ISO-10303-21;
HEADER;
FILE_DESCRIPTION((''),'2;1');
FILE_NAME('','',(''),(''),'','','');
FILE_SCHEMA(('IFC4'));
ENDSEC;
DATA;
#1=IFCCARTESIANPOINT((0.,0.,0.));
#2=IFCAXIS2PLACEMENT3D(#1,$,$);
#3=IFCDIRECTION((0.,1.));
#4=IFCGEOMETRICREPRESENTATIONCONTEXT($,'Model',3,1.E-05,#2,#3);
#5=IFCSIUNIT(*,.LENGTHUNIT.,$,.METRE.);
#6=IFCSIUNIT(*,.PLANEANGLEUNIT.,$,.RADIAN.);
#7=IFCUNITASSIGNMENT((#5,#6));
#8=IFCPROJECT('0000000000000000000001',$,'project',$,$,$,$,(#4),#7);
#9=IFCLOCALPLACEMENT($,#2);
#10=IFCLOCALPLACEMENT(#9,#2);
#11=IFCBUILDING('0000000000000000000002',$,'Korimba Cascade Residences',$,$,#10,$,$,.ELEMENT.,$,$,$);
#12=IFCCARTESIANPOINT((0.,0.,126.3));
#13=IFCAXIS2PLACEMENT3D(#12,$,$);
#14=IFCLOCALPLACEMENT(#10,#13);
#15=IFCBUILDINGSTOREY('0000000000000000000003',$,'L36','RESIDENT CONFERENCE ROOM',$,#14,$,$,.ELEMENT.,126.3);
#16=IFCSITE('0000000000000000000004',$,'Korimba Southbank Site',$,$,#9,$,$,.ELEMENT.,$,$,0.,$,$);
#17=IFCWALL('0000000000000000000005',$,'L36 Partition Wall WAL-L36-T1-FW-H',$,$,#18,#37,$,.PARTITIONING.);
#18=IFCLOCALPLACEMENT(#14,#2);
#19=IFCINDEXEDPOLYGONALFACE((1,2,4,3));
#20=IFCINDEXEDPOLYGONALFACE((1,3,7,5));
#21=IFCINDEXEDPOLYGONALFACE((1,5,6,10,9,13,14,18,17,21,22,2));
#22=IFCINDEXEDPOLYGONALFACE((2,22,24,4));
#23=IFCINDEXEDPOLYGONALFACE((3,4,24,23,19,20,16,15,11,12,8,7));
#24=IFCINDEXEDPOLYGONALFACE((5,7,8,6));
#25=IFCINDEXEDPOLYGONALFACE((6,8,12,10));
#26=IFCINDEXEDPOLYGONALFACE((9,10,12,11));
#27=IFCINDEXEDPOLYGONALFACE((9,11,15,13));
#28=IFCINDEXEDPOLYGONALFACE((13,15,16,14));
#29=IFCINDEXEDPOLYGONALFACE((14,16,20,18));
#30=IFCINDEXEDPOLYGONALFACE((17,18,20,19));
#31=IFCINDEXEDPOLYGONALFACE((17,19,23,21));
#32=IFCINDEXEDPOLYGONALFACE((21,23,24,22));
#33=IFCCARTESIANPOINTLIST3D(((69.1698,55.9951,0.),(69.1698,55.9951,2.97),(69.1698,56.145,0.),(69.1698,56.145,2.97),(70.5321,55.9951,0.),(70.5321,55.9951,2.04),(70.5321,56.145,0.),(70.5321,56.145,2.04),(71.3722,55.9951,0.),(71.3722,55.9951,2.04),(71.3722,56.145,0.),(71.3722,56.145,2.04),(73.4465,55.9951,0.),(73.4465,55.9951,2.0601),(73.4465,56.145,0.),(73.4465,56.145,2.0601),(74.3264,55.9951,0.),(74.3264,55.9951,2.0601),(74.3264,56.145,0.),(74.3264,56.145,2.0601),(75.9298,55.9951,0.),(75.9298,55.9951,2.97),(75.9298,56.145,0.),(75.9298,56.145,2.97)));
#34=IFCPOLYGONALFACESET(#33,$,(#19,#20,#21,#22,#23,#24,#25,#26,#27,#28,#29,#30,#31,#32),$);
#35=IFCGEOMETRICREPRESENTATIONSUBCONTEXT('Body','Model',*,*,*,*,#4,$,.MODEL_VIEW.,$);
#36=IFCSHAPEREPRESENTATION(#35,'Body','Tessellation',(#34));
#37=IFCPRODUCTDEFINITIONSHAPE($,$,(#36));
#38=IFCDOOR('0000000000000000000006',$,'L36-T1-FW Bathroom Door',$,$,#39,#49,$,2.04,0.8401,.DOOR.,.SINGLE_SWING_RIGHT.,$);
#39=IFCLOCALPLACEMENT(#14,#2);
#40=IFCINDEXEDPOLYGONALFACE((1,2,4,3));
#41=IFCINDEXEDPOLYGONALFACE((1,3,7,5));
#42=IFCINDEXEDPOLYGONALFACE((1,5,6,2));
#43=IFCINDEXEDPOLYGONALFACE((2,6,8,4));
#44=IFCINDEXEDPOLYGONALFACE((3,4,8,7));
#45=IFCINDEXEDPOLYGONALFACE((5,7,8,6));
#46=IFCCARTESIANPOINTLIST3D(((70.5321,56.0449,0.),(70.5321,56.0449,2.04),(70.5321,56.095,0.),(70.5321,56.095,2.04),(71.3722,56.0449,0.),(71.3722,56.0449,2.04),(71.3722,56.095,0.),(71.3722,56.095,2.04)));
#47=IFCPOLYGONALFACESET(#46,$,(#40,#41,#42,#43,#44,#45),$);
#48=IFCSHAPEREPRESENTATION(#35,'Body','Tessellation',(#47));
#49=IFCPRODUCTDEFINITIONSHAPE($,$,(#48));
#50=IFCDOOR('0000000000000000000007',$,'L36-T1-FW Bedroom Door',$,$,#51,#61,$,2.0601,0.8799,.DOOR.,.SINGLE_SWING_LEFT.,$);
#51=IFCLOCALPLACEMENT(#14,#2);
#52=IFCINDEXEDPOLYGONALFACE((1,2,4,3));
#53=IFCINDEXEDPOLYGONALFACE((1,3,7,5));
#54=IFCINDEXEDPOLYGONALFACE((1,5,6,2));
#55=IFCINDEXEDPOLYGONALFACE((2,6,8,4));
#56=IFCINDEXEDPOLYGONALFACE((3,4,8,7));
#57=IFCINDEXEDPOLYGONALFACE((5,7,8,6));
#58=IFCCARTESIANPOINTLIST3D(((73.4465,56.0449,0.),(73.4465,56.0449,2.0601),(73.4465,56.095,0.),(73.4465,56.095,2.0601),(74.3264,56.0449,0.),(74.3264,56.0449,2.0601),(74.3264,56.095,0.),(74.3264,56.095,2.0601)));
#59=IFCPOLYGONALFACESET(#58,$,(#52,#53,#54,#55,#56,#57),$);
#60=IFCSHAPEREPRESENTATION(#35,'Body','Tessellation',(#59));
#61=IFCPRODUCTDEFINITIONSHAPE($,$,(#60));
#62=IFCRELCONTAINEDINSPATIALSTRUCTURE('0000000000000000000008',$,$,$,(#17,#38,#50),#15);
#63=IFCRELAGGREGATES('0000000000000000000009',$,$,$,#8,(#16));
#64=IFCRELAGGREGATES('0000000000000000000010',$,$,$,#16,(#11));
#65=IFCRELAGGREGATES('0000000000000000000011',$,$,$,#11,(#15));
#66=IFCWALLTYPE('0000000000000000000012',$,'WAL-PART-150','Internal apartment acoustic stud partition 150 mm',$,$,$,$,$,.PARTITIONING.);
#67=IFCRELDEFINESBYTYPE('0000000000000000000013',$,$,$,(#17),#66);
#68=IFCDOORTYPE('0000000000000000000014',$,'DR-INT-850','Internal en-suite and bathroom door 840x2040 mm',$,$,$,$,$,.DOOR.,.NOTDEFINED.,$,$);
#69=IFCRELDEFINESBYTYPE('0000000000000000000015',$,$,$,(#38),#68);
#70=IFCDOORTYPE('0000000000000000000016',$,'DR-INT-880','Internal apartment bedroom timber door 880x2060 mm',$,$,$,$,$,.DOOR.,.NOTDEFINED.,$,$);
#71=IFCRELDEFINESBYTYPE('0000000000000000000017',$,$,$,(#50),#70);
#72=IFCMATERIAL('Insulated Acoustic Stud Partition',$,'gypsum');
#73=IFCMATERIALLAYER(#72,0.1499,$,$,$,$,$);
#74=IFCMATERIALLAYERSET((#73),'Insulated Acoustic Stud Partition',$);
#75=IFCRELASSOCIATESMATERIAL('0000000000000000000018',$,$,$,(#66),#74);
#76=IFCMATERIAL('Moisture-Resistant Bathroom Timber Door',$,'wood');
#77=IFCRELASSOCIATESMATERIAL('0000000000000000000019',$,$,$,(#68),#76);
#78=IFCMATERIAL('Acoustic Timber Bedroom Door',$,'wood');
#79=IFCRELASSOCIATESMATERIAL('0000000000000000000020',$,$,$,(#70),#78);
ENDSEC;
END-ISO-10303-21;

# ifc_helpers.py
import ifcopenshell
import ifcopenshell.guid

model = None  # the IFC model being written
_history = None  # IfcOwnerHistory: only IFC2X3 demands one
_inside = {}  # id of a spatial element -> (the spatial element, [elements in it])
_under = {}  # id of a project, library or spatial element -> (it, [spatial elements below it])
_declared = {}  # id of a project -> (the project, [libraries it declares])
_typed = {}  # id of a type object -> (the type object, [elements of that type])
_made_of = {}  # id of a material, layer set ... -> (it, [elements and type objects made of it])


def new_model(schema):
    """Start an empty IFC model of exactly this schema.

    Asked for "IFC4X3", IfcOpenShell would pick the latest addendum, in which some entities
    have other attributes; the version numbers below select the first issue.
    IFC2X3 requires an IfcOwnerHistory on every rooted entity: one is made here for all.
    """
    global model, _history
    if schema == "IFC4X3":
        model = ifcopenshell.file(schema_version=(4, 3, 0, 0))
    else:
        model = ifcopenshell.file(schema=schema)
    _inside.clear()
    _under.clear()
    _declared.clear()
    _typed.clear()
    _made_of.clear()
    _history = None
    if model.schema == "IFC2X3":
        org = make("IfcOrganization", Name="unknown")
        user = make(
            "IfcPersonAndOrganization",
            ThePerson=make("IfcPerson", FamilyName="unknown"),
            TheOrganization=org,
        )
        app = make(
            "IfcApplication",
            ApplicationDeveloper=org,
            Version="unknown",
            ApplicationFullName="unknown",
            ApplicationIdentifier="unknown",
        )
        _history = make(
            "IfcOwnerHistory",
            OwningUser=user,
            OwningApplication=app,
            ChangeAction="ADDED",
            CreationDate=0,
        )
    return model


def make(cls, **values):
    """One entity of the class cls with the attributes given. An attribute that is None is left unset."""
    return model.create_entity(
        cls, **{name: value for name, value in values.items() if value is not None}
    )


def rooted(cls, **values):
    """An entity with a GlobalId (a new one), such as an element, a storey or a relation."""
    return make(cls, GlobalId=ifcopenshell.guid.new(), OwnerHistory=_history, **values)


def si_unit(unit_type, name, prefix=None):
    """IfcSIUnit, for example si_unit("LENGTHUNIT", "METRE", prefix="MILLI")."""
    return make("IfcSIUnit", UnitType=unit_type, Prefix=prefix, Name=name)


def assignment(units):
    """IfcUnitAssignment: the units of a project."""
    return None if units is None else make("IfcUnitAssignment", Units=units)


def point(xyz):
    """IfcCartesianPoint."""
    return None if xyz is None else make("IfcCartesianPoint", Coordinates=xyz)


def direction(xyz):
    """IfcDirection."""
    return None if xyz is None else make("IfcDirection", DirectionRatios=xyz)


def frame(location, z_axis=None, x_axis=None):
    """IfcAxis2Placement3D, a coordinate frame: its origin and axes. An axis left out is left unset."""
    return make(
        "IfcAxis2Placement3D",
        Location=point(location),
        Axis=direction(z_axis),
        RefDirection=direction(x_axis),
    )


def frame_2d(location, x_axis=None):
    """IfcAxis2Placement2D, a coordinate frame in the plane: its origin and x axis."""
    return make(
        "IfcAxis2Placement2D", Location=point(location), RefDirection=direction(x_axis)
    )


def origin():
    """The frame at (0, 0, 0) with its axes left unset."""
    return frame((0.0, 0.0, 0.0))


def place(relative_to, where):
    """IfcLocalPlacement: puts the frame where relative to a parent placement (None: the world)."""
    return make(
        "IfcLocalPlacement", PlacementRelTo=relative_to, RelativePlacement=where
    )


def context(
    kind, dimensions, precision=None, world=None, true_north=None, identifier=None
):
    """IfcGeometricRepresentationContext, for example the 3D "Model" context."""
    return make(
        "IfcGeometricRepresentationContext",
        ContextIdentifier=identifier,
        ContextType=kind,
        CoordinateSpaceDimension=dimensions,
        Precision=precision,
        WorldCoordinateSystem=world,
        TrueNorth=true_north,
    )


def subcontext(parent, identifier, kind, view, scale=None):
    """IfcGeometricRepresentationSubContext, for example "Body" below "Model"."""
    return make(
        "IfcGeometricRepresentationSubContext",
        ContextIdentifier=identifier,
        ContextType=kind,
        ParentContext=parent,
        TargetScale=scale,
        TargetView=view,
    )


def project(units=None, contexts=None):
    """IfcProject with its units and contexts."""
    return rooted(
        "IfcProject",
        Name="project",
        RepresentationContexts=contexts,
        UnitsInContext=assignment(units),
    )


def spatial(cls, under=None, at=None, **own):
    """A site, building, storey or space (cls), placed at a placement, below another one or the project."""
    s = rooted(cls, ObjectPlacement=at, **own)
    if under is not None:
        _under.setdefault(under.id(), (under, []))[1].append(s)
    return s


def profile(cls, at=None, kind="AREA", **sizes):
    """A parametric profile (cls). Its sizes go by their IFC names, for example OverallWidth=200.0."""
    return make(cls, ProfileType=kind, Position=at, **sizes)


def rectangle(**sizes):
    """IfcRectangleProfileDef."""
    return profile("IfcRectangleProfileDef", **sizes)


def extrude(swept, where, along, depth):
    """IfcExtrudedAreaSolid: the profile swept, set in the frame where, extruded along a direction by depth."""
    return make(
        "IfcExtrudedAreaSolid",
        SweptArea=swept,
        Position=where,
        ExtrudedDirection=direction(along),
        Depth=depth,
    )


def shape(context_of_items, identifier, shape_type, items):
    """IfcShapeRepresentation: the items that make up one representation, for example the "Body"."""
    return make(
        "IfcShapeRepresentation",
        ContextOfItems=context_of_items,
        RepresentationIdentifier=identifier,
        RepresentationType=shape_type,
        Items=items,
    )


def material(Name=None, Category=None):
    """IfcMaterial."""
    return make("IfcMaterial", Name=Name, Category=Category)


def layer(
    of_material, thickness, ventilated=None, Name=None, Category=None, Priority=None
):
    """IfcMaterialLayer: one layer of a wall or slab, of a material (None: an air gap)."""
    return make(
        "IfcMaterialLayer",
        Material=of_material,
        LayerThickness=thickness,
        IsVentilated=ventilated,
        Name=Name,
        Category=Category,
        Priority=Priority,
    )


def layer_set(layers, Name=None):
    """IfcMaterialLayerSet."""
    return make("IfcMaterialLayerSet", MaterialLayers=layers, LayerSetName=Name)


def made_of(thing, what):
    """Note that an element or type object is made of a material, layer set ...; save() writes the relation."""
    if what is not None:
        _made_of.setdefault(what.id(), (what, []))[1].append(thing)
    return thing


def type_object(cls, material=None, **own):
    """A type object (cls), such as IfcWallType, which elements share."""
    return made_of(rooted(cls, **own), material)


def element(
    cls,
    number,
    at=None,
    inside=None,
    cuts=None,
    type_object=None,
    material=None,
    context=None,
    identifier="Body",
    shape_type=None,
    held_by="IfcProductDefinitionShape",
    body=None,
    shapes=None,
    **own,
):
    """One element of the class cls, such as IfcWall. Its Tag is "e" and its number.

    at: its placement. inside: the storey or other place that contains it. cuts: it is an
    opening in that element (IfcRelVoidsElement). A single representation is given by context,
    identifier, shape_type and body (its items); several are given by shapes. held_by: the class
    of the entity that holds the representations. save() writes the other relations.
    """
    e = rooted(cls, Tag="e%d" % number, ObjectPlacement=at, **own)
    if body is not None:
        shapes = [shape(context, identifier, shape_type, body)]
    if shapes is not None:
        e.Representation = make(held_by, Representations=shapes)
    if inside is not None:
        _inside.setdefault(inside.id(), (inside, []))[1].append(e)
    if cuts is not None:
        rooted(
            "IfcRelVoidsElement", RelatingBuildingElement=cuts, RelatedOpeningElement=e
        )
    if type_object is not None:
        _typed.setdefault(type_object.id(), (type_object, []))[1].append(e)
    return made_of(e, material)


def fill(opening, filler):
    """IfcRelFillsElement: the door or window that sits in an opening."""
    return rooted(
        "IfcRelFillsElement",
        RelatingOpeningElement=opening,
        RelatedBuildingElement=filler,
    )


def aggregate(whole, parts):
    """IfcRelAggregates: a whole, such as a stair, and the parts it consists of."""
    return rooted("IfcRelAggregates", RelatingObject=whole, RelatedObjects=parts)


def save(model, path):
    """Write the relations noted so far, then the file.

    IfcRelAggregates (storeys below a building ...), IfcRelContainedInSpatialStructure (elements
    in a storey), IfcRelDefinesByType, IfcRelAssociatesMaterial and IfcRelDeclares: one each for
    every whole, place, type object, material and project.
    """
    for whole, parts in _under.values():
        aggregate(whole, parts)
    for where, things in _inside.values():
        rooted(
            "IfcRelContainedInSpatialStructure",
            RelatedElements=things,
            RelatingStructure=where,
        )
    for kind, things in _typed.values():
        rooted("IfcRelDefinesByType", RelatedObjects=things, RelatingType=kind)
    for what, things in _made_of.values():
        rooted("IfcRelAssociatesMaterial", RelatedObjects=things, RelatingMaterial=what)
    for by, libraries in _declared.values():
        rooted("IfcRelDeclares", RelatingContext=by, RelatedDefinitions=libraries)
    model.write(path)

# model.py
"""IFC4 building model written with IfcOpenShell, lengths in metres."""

from ifc_helpers import new_model, si_unit, direction, frame, frame_2d, origin, place, context, subcontext, project, spatial, rectangle, extrude, material, layer, layer_set, type_object, element, fill, save


model = new_model("IFC4")

# Units and contexts
model_context = context("Model", 3, precision=1e-05, world=origin(), true_north=direction((0.0, 1.0)))
body_context = subcontext(model_context, "Body", "Model", "MODEL_VIEW")
ifc_project = project(units=[si_unit("LENGTHUNIT", "METRE"), si_unit("PLANEANGLEUNIT", "RADIAN")], contexts=[model_context])

# Site, building, storey
site_placement = place(None, origin())
site = spatial("IfcSite", under=ifc_project, at=site_placement, Name="Korimba Southbank Site", CompositionType="ELEMENT", RefElevation=0.0)
building_placement = place(site_placement, origin())
building = spatial("IfcBuilding", under=site, at=building_placement, Name="Korimba Cascade Residences", CompositionType="ELEMENT")
storey_placement = place(building_placement, frame((0.0, 0.0, 126.3)))
storey = spatial("IfcBuildingStorey", under=building, at=storey_placement, Name="L36", Description="RESIDENT CONFERENCE ROOM", CompositionType="ELEMENT", Elevation=126.3)

# Shared definitions
ifc_material_1 = material(Name="Insulated Acoustic Stud Partition", Category="gypsum")
ifc_layer_1 = layer(ifc_material_1, 0.1499)
ifc_layer_set_1 = layer_set([ifc_layer_1], Name="Insulated Acoustic Stud Partition")
wall_type_1 = type_object("IfcWallType", Name="WAL-PART-150", Description="Internal apartment acoustic stud partition 150 mm", PredefinedType="PARTITIONING", material=ifc_layer_set_1)
ifc_material_2 = material(Name="Moisture-Resistant Bathroom Timber Door", Category="wood")
door_type_1 = type_object("IfcDoorType", Name="DR-INT-850", Description="Internal en-suite and bathroom door 840x2040 mm", OperationType="NOTDEFINED", PredefinedType="DOOR", material=ifc_material_2)

# Wall, openings, doors
wall_1_placement = place(storey_placement, frame((69.1699, 56.0701, 0.0), z_axis=(0.0, 0.0, 1.0), x_axis=(1.0, 0.0, 0.0)))
wall_1 = element("IfcWall", 1, at=wall_1_placement, inside=storey, type_object=wall_type_1, Name="L36 Partition Wall WAL-L36-T1-FW-H", PredefinedType="PARTITIONING", context=body_context, shape_type="SweptSolid", body=[
    extrude(rectangle(XDim=6.76, YDim=0.1499, at=frame_2d((3.3799, 0.0))), origin(), (0.0, 0.0, 1.0), 2.97),
])
opening_1_placement = place(wall_1_placement, frame((1.3623, 0.0, 0.0)))
opening_1 = element("IfcOpeningElement", 2, at=opening_1_placement, cuts=wall_1, PredefinedType="OPENING", context=body_context, shape_type="SweptSolid", body=[
    extrude(rectangle(XDim=0.8401, YDim=2.04, at=frame_2d((0.4199, 1.02))), frame((0.0, 0.085, 0.0), z_axis=(0.0, -1.0, 0.0), x_axis=(1.0, 0.0, 0.0)), (0.0, 0.0, 1.0), 0.1699),
])
opening_2_placement = place(wall_1_placement, frame((4.2766, 0.0, 0.0)))
opening_2 = element("IfcOpeningElement", 3, at=opening_2_placement, cuts=wall_1, PredefinedType="OPENING", context=body_context, shape_type="SweptSolid", body=[
    extrude(rectangle(XDim=0.8799, YDim=2.0601, at=frame_2d((0.4399, 1.03))), frame((0.0, 0.085, 0.0), z_axis=(0.0, -1.0, 0.0), x_axis=(1.0, 0.0, 0.0)), (0.0, 0.0, 1.0), 0.1699),
])
door_1_placement = place(opening_1_placement, origin())
door_1 = element("IfcDoor", 4, at=door_1_placement, inside=storey, type_object=door_type_1, Name="L36-T1-FW Bathroom Door", OperationType="SINGLE_SWING_RIGHT", OverallHeight=2.04, OverallWidth=0.8401, PredefinedType="DOOR", context=body_context, shape_type="SweptSolid", body=[
    extrude(rectangle(XDim=0.8401, YDim=2.04, at=frame_2d((0.4199, 1.02))), frame((0.0, 0.0249, 0.0), z_axis=(0.0, -1.0, 0.0), x_axis=(1.0, 0.0, 0.0)), (0.0, 0.0, 1.0), 0.05),
])
fill(opening_1, door_1)
ifc_material_3 = material(Name="Acoustic Timber Bedroom Door", Category="wood")
door_type_2 = type_object("IfcDoorType", Name="DR-INT-880", Description="Internal apartment bedroom timber door 880x2060 mm", OperationType="NOTDEFINED", PredefinedType="DOOR", material=ifc_material_3)
door_2_placement = place(opening_2_placement, origin())
door_2 = element("IfcDoor", 5, at=door_2_placement, inside=storey, type_object=door_type_2, Name="L36-T1-FW Bedroom Door", OperationType="SINGLE_SWING_LEFT", OverallHeight=2.0601, OverallWidth=0.8799, PredefinedType="DOOR", context=body_context, shape_type="SweptSolid", body=[
    extrude(rectangle(XDim=0.8799, YDim=2.0601, at=frame_2d((0.4399, 1.03))), frame((0.0, 0.0249, 0.0), z_axis=(0.0, -1.0, 0.0), x_axis=(1.0, 0.0, 0.0)), (0.0, 0.0, 1.0), 0.05),
])
fill(opening_2, door_2)

save(model, "model.ifc")
